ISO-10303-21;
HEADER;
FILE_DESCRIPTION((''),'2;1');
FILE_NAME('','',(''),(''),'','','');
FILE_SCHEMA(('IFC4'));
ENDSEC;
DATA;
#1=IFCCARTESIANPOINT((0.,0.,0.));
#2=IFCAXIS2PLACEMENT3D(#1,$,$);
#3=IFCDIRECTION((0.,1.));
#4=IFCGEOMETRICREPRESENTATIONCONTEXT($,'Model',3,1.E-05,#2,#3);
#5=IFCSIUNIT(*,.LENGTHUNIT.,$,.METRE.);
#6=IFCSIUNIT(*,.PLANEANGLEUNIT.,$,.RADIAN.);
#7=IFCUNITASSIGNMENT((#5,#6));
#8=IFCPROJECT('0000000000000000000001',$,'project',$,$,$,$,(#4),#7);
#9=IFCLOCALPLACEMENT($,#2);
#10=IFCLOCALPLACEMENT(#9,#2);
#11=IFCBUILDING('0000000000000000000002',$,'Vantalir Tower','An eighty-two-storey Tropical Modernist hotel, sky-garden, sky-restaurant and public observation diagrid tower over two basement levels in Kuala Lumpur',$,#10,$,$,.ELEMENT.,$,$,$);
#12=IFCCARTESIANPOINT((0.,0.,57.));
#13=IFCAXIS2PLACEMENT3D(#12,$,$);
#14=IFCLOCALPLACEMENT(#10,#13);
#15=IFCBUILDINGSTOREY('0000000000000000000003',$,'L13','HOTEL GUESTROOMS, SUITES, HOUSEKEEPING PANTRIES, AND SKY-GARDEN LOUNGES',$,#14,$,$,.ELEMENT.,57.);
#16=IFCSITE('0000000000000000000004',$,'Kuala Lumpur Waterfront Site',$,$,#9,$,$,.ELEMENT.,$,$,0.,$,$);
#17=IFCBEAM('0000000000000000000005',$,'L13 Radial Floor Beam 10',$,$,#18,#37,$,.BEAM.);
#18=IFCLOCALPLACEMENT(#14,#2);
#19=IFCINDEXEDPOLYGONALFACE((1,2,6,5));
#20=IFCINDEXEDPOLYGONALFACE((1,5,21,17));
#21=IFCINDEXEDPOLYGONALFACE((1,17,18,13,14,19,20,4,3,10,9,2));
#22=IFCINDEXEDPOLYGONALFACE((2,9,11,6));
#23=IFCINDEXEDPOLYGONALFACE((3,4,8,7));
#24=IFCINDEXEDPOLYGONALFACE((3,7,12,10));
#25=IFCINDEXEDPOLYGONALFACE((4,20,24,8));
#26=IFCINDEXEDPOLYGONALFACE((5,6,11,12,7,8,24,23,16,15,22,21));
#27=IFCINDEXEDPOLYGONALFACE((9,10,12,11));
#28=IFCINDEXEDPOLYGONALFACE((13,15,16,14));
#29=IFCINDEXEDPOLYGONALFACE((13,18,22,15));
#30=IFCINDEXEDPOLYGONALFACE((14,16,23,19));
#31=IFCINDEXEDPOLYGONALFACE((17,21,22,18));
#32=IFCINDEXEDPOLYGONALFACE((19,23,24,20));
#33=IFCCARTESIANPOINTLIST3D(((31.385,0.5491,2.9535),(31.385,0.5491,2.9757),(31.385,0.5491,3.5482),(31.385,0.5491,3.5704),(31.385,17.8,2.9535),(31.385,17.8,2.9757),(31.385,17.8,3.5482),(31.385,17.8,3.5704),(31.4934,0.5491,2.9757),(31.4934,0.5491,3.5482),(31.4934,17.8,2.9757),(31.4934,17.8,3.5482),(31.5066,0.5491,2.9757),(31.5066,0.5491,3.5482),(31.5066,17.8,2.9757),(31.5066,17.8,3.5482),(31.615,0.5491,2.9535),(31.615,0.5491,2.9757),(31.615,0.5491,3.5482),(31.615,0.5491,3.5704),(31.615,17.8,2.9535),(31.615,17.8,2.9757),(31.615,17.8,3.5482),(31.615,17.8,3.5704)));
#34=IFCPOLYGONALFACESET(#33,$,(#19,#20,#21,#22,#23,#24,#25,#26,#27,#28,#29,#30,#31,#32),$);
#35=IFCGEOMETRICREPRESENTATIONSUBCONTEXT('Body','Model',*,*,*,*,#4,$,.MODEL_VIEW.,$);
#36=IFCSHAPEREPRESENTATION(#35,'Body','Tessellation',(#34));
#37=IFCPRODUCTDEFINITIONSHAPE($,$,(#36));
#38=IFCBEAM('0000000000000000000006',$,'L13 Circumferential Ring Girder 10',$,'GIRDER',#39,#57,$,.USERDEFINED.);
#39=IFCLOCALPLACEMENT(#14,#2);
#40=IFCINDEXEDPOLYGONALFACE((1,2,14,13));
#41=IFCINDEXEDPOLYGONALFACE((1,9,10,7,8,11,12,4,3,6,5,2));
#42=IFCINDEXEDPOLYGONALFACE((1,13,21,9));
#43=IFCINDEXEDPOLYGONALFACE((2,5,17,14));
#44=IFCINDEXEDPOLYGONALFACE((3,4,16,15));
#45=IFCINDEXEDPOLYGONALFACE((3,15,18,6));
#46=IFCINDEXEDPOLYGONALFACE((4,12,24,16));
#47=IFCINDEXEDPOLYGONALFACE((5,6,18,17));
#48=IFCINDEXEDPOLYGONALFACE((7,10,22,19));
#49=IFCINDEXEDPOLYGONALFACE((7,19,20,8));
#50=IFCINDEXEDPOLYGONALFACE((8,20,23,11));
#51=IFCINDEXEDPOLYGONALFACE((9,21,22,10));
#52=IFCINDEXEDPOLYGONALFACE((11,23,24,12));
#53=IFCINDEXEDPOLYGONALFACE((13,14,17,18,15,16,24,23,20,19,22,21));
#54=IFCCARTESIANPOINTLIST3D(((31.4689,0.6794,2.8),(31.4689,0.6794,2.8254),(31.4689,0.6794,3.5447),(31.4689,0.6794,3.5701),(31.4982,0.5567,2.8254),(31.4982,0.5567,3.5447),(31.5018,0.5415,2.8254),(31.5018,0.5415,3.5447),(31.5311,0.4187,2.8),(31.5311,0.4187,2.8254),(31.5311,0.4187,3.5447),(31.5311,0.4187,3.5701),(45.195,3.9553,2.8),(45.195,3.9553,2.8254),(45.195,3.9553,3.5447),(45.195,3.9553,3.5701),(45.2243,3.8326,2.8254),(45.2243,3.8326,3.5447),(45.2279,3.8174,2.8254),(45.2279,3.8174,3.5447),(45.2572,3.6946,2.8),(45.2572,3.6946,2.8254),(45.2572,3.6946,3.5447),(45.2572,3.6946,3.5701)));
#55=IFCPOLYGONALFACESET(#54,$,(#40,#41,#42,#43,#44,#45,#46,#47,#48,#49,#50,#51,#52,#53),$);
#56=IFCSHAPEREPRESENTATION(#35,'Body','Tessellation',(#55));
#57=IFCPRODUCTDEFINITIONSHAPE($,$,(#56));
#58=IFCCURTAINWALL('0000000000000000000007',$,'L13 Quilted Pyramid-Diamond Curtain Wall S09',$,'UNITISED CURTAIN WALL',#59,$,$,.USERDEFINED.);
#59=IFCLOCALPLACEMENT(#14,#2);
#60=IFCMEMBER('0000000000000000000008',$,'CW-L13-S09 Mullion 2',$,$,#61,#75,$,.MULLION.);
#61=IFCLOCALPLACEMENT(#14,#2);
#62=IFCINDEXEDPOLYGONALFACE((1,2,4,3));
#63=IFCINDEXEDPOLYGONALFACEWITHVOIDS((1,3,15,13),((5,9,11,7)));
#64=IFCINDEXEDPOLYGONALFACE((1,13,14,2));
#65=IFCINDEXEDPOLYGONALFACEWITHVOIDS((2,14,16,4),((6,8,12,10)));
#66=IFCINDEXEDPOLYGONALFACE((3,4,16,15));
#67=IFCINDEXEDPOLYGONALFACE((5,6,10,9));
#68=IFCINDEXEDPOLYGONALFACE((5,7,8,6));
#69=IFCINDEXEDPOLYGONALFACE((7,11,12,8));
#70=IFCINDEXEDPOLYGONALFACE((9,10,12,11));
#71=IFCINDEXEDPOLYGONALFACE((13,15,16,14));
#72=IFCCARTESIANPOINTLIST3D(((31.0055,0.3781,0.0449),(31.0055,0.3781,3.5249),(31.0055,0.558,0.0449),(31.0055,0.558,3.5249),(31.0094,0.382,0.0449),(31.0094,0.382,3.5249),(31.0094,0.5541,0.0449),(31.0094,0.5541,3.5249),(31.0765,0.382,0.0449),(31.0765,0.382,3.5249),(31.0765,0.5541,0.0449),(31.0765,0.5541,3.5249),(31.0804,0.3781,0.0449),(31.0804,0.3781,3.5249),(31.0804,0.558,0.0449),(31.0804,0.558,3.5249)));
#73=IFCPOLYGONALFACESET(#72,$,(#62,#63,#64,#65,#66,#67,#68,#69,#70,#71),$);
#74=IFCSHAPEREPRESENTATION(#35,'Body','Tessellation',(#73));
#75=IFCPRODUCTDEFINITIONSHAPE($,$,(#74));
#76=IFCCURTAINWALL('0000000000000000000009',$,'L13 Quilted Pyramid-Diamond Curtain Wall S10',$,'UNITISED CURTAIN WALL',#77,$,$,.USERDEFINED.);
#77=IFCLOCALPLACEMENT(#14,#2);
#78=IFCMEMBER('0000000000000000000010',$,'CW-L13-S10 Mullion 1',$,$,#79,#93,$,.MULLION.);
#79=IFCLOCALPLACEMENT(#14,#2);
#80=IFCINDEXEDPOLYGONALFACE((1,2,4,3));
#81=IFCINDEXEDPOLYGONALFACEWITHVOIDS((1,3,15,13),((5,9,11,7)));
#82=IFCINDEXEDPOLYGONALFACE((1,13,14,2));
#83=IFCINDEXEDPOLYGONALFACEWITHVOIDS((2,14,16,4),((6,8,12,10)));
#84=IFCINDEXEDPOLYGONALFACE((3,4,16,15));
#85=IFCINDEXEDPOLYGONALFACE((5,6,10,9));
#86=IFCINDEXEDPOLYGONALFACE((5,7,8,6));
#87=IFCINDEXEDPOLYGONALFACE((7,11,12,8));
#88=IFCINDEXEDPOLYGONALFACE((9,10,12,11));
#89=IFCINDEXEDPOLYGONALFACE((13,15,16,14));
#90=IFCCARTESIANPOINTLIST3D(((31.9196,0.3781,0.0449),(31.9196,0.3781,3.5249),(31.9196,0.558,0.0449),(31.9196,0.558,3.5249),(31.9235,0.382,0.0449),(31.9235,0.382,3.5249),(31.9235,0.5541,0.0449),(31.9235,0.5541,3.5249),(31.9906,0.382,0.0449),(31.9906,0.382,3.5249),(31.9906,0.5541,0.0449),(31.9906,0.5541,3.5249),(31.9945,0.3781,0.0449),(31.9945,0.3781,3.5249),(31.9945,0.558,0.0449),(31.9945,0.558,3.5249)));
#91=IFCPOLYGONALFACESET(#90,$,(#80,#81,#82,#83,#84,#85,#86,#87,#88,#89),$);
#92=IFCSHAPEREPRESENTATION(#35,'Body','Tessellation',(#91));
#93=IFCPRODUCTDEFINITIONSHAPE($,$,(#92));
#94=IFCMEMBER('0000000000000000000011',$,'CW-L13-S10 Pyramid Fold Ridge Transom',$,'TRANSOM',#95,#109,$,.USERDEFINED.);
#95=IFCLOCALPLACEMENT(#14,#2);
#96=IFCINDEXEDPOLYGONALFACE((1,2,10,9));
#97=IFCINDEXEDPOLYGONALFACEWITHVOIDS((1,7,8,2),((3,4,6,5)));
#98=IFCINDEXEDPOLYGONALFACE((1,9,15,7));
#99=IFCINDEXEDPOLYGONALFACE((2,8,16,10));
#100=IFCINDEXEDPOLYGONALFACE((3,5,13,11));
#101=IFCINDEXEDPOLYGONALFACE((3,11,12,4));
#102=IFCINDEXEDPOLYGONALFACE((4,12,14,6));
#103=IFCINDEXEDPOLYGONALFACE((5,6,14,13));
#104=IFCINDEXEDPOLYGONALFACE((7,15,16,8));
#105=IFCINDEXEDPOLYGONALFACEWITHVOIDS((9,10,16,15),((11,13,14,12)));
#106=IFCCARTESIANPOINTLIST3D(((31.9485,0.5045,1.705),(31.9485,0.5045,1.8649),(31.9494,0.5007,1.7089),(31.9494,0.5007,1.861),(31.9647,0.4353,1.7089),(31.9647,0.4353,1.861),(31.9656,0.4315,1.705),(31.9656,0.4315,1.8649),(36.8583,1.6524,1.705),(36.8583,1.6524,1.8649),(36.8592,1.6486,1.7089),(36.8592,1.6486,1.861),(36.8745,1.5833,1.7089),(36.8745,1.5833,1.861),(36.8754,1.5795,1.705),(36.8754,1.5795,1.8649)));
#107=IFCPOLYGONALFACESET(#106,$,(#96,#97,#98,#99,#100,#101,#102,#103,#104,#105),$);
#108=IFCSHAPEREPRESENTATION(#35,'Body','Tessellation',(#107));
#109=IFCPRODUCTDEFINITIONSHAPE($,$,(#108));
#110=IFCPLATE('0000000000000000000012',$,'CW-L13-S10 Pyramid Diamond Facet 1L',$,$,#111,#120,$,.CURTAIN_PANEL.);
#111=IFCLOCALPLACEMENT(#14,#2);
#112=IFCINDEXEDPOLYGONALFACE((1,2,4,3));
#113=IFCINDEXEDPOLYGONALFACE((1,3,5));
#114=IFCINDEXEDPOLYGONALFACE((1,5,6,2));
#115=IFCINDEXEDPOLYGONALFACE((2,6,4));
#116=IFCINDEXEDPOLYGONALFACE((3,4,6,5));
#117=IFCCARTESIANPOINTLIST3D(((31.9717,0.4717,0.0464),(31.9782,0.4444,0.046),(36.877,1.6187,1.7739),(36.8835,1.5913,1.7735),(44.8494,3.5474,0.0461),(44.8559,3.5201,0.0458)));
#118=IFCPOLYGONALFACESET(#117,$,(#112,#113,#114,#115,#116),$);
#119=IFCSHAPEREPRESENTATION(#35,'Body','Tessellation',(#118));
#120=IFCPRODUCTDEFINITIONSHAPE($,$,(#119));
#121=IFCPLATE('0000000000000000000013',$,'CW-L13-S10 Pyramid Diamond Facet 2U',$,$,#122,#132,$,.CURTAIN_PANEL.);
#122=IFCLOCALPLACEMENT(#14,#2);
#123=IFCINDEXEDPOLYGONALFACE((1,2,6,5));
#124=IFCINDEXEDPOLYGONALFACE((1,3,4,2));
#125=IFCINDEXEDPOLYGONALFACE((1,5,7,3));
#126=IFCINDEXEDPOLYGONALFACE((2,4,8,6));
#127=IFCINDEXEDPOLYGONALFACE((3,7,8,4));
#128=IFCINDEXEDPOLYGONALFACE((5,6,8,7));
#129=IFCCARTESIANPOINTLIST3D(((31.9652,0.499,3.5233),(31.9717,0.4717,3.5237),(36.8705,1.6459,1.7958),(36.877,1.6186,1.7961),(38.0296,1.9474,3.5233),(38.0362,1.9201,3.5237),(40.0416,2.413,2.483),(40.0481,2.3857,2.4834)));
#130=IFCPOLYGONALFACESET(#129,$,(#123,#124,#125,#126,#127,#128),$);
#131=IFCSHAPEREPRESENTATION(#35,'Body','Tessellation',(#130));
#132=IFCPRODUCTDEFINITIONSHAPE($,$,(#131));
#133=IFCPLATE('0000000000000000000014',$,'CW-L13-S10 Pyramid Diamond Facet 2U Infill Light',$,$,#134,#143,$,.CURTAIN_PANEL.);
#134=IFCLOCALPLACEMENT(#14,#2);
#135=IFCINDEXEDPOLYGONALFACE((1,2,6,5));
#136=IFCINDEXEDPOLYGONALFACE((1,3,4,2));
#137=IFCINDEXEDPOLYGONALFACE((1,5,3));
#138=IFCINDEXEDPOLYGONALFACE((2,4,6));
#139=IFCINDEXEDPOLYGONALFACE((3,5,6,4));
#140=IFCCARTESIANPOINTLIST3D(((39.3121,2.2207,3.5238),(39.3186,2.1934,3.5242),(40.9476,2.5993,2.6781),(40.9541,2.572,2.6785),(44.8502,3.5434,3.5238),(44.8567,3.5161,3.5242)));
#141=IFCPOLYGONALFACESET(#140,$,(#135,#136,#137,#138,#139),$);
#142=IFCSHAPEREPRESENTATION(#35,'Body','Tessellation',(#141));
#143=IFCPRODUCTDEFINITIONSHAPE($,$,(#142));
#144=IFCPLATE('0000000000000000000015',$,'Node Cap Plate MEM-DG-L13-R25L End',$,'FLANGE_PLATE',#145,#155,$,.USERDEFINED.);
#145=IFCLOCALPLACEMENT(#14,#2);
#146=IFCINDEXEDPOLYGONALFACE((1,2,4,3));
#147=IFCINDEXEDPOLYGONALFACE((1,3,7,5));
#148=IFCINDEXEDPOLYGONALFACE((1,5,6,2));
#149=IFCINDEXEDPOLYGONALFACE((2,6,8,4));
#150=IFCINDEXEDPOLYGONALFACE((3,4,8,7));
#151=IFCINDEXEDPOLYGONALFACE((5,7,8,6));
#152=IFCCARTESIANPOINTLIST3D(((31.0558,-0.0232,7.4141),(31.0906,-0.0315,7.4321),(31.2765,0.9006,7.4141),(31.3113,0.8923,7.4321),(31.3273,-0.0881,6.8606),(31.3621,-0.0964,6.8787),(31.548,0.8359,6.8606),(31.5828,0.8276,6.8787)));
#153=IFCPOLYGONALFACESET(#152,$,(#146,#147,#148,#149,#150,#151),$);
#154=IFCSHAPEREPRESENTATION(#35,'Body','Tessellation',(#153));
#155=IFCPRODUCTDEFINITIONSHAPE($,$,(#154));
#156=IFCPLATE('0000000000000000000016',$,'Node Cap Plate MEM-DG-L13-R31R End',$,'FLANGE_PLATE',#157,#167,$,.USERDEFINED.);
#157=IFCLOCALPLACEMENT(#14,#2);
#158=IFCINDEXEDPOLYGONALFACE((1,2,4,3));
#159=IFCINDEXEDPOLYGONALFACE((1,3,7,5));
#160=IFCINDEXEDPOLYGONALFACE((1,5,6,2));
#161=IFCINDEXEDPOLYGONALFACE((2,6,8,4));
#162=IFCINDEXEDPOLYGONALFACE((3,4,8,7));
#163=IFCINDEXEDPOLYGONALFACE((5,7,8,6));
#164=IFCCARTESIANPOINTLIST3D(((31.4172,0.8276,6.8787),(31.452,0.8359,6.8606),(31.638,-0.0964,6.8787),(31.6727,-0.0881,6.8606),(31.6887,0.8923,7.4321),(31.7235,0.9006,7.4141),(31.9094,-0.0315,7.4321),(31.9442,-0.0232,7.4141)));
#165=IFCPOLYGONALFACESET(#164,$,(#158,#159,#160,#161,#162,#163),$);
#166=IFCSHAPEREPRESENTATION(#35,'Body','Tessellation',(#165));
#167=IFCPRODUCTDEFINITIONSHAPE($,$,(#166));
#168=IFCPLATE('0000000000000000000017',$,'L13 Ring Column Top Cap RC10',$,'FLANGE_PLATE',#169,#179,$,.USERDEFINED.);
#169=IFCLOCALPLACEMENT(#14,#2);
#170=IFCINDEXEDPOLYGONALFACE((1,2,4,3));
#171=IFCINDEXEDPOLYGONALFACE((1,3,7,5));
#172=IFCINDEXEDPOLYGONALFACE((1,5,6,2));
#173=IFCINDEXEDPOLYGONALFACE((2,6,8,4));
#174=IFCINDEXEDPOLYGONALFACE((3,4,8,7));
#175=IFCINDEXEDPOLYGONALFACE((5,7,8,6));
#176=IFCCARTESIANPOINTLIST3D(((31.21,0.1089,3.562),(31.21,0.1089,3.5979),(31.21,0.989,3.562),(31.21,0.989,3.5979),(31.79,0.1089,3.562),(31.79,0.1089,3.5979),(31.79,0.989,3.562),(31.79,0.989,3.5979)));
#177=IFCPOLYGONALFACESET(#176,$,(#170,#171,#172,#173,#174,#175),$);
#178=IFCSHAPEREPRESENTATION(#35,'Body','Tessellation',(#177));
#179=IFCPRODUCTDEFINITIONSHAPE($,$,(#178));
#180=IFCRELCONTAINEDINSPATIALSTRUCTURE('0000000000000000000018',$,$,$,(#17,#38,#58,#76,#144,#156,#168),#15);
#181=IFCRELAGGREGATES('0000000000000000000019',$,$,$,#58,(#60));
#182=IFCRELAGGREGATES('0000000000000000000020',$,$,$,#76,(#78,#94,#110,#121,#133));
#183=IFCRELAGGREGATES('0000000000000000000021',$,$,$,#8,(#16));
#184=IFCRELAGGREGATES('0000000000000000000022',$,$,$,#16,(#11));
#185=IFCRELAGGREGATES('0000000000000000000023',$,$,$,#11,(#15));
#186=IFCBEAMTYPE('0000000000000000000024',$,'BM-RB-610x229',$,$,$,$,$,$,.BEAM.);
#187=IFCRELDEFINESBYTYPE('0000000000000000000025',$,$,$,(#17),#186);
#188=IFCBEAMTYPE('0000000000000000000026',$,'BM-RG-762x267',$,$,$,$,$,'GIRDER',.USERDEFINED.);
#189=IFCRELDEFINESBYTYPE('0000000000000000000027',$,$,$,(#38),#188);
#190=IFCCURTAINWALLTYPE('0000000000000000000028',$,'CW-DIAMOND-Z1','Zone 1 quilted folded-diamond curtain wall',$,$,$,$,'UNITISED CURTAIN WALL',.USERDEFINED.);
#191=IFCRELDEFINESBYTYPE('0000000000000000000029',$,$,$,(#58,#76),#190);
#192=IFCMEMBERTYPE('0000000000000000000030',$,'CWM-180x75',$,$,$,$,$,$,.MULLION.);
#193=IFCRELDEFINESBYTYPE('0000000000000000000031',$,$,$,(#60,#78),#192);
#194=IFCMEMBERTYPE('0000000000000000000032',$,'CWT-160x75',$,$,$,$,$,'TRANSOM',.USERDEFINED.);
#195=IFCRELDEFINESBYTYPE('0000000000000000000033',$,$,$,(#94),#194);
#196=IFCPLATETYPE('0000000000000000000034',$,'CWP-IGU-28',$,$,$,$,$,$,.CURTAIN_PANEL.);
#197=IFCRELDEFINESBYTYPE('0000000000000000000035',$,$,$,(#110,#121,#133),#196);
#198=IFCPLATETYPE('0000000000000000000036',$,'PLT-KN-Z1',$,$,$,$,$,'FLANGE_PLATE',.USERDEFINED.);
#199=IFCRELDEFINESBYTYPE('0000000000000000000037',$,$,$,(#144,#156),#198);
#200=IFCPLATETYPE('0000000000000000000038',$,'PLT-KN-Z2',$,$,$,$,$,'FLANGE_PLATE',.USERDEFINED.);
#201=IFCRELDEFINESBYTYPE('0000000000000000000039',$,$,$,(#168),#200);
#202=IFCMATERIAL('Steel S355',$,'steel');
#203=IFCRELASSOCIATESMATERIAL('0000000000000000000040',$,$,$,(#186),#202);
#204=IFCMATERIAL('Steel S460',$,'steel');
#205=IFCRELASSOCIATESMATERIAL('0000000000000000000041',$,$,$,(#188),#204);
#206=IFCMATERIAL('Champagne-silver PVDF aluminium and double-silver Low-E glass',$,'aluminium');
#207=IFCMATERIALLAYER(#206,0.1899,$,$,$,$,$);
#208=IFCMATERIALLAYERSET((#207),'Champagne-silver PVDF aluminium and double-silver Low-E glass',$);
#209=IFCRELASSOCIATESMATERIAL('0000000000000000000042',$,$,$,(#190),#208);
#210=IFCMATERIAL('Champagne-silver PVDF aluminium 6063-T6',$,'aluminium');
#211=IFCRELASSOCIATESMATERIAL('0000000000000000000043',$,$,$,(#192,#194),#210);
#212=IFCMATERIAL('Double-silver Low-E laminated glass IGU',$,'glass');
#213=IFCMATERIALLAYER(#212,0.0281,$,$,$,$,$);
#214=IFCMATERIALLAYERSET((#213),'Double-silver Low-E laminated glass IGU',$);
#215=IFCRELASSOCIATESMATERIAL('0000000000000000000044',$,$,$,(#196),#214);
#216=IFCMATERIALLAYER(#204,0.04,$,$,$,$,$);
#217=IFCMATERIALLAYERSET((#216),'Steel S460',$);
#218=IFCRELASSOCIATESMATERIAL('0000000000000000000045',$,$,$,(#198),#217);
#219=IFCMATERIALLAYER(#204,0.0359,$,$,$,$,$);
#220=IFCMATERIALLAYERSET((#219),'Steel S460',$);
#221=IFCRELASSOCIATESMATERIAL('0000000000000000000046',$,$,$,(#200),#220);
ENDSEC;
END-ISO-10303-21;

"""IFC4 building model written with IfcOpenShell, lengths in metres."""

from ifc_helpers import new_model, si_unit, direction, frame, origin, origin_2d, place, context, subcontext, project, spatial, polyline, hollow_rectangle, i_section, outline, extrude, material, layer, layer_set, material_profile, profile_set, type_object, element, aggregate, save


model = new_model("IFC4")

# Units and contexts
model_context = context("Model", 3, precision=1e-05, world=origin(), true_north=direction((0.0, 1.0)))
body_context = subcontext(model_context, "Body", "Model", "MODEL_VIEW")
ifc_project = project(units=[si_unit("LENGTHUNIT", "METRE"), si_unit("PLANEANGLEUNIT", "RADIAN")], contexts=[model_context])

# Site, building, storey
site_placement = place(None, origin())
site = spatial("IfcSite", under=ifc_project, at=site_placement, Name="Kuala Lumpur Waterfront Site", CompositionType="ELEMENT", RefElevation=0.0)
building_placement = place(site_placement, origin())
building = spatial("IfcBuilding", under=site, at=building_placement, Name="Vantalir Tower", Description="An eighty-two-storey Tropical Modernist hotel, sky-garden, sky-restaurant and public observation diagrid tower over two basement levels in Kuala Lumpur", CompositionType="ELEMENT")
storey_placement = place(building_placement, frame((0.0, 0.0, 57.0)))
storey = spatial("IfcBuildingStorey", under=building, at=storey_placement, Name="L13", Description="HOTEL GUESTROOMS, SUITES, HOUSEKEEPING PANTRIES, AND SKY-GARDEN LOUNGES", CompositionType="ELEMENT", Elevation=57.0)

# Shared definitions
ifc_material_1 = material(Name="Steel S460", Category="steel")

# Beams
ifc_material_2 = material(Name="Steel S355", Category="steel")
ifc_material_profile_1 = material_profile(ifc_material_2, i_section(OverallWidth=0.23, OverallDepth=0.6169, WebThickness=0.0132, FlangeThickness=0.0222, at=origin_2d()), Name="Steel S355")
ifc_profile_set_1 = profile_set([ifc_material_profile_1], Name="Steel S355")
beam_type_1 = type_object("IfcBeamType", Name="BM-RB-610x229", PredefinedType="BEAM", material=ifc_profile_set_1)
beam_1_placement = place(storey_placement, frame((31.5, 0.5491, 3.262), z_axis=(0.0, 1.0, 0.0), x_axis=(-1.0, 0.0, 0.0)))
element("IfcBeam", 1, at=beam_1_placement, inside=storey, type_object=beam_type_1, Name="L13 Radial Floor Beam 10", PredefinedType="BEAM", context=body_context, shape_type="SweptSolid", body=[
    extrude(i_section(OverallWidth=0.23, OverallDepth=0.6169, WebThickness=0.0132, FlangeThickness=0.0222, at=origin_2d()), origin(), (0.0, 0.0, 1.0), 17.251),
])
ifc_material_profile_2 = material_profile(ifc_material_1, i_section(OverallWidth=0.2681, OverallDepth=0.77, WebThickness=0.0156, FlangeThickness=0.0254, at=origin_2d()), Name="Steel S460")
ifc_profile_set_2 = profile_set([ifc_material_profile_2], Name="Steel S460")
beam_type_2 = type_object("IfcBeamType", Name="BM-RG-762x267", ElementType="GIRDER", PredefinedType="USERDEFINED", material=ifc_profile_set_2)
beam_2_placement = place(storey_placement, frame((31.5, 0.5491, 3.1851), z_axis=(0.972682, 0.232141, 0.0), x_axis=(-0.232141, 0.972682, 0.0)))
element("IfcBeam", 2, at=beam_2_placement, inside=storey, type_object=beam_type_2, Name="L13 Circumferential Ring Girder 10", ObjectType="GIRDER", PredefinedType="USERDEFINED", context=body_context, shape_type="SweptSolid", body=[
    extrude(i_section(OverallWidth=0.2681, OverallDepth=0.77, WebThickness=0.0156, FlangeThickness=0.0254, at=origin_2d()), origin(), (0.0, 0.0, 1.0), 14.1116),
])

# Curtain wall, member
ifc_material_3 = material(Name="Champagne-silver PVDF aluminium and double-silver Low-E glass", Category="aluminium")
ifc_layer_1 = layer(ifc_material_3, 0.1899)
ifc_layer_set_1 = layer_set([ifc_layer_1], Name="Champagne-silver PVDF aluminium and double-silver Low-E glass")
curtain_wall_type = type_object("IfcCurtainWallType", Name="CW-DIAMOND-Z1", Description="Zone 1 quilted folded-diamond curtain wall", ElementType="UNITISED CURTAIN WALL", PredefinedType="USERDEFINED", material=ifc_layer_set_1)
curtain_wall_1_placement = place(storey_placement, origin())
curtain_wall_1 = element("IfcCurtainWall", 3, at=curtain_wall_1_placement, inside=storey, type_object=curtain_wall_type, Name="L13 Quilted Pyramid-Diamond Curtain Wall S09", ObjectType="UNITISED CURTAIN WALL", PredefinedType="USERDEFINED")
ifc_material_4 = material(Name="Champagne-silver PVDF aluminium 6063-T6", Category="aluminium")
ifc_material_profile_3 = material_profile(ifc_material_4, hollow_rectangle(XDim=0.075, YDim=0.1799, WallThickness=0.0039, at=origin_2d()), Name="Champagne-silver PVDF aluminium 6063-T6")
ifc_profile_set_3 = profile_set([ifc_material_profile_3], Name="Champagne-silver PVDF aluminium 6063-T6")
member_type_1 = type_object("IfcMemberType", Name="CWM-180x75", PredefinedType="MULLION", material=ifc_profile_set_3)
member_1_placement = place(storey_placement, frame((31.043, 0.468, 0.0449), z_axis=(0.0, 0.0, 1.0), x_axis=(1.0, 0.0, 0.0)))
member_1 = element("IfcMember", 4, at=member_1_placement, type_object=member_type_1, Name="CW-L13-S09 Mullion 2", PredefinedType="MULLION", context=body_context, shape_type="SweptSolid", body=[
    extrude(hollow_rectangle(XDim=0.075, YDim=0.1799, WallThickness=0.0039, at=origin_2d()), origin(), (0.0, 0.0, 1.0), 3.48),
])
aggregate(curtain_wall_1, [member_1])

# Curtain wall, members, plates
curtain_wall_2_placement = place(storey_placement, origin())
curtain_wall_2 = element("IfcCurtainWall", 5, at=curtain_wall_2_placement, inside=storey, type_object=curtain_wall_type, Name="L13 Quilted Pyramid-Diamond Curtain Wall S10", ObjectType="UNITISED CURTAIN WALL", PredefinedType="USERDEFINED")
member_2_placement = place(storey_placement, frame((31.957, 0.468, 0.0449), z_axis=(0.0, 0.0, 1.0), x_axis=(1.0, 0.0, 0.0)))
member_2 = element("IfcMember", 6, at=member_2_placement, type_object=member_type_1, Name="CW-L13-S10 Mullion 1", PredefinedType="MULLION", context=body_context, shape_type="SweptSolid", body=[
    extrude(hollow_rectangle(XDim=0.075, YDim=0.1799, WallThickness=0.0039, at=origin_2d()), origin(), (0.0, 0.0, 1.0), 3.48),
])
ifc_material_profile_4 = material_profile(ifc_material_4, hollow_rectangle(XDim=0.075, YDim=0.1599, WallThickness=0.0039, at=origin_2d()), Name="Champagne-silver PVDF aluminium 6063-T6")
ifc_profile_set_4 = profile_set([ifc_material_profile_4], Name="Champagne-silver PVDF aluminium 6063-T6")
member_type_2 = type_object("IfcMemberType", Name="CWT-160x75", ElementType="TRANSOM", PredefinedType="USERDEFINED", material=ifc_profile_set_4)
member_3_placement = place(storey_placement, frame((31.957, 0.468, 1.7849), z_axis=(0.97374, 0.227663, 0.0), x_axis=(-0.227663, 0.97374, 0.0)))
member_3 = element("IfcMember", 7, at=member_3_placement, type_object=member_type_2, Name="CW-L13-S10 Pyramid Fold Ridge Transom", ObjectType="TRANSOM", PredefinedType="USERDEFINED", context=body_context, shape_type="SweptSolid", body=[
    extrude(hollow_rectangle(XDim=0.075, YDim=0.1599, WallThickness=0.0039, at=origin_2d()), origin(), (0.0, 0.0, 1.0), 5.0422),
])
ifc_material_5 = material(Name="Double-silver Low-E laminated glass IGU", Category="glass")
ifc_layer_2 = layer(ifc_material_5, 0.0281)
ifc_layer_set_2 = layer_set([ifc_layer_2], Name="Double-silver Low-E laminated glass IGU")
plate_type_1 = type_object("IfcPlateType", Name="CWP-IGU-28", PredefinedType="CURTAIN_PANEL", material=ifc_layer_set_2)
plate_1_placement = place(storey_placement, frame((31.9717, 0.4717, 0.0464), z_axis=(-0.232282, 0.97255, 0.013845), x_axis=(0.972643, 0.232304, -0.000018)))
plate_1 = element("IfcPlate", 8, at=plate_1_placement, type_object=plate_type_1, Name="CW-L13-S10 Pyramid Diamond Facet 1L", PredefinedType="CURTAIN_PANEL", context=body_context, shape_type="SweptSolid", body=[
    extrude(outline(polyline([(0.0, 0.0), (13.2399, 0.0), (5.0375, -1.7278), (0.0, 0.0)])), origin(), (0.0, 0.0, -1.0), 0.0281),
])
plate_2_placement = place(storey_placement, frame((31.9717, 0.4717, 3.5237), z_axis=(0.232277, -0.972551, 0.013885), x_axis=(0.972644, 0.2323, 0.0)))
plate_2 = element("IfcPlate", 9, at=plate_2_placement, type_object=plate_type_1, Name="CW-L13-S10 Pyramid Diamond Facet 2U", PredefinedType="CURTAIN_PANEL", context=body_context, shape_type="SweptSolid", body=[
    extrude(outline(polyline([(0.0, 0.0), (6.235, 0.0), (8.3001, -1.0404), (5.0375, -1.7277), (0.0, 0.0)])), origin(), (0.0, 0.0, -1.0), 0.0281),
])
plate_3_placement = place(storey_placement, frame((39.3186, 2.1934, 3.5242), z_axis=(0.23229, -0.972549, 0.013767), x_axis=(0.972641, 0.232312, 0.0)))
plate_3 = element("IfcPlate", 10, at=plate_3_placement, type_object=plate_type_1, Name="CW-L13-S10 Pyramid Diamond Facet 2U Infill Light", PredefinedType="CURTAIN_PANEL", context=body_context, shape_type="SweptSolid", body=[
    extrude(outline(polyline([(0.0, 0.0), (5.6939, 0.0), (1.6787, -0.8458), (0.0, 0.0)])), origin(), (0.0, 0.0, -1.0), 0.0281),
])
aggregate(curtain_wall_2, [member_2, member_3, plate_1, plate_2, plate_3])

# Plates
ifc_layer_3 = layer(ifc_material_1, 0.04)
ifc_layer_set_3 = layer_set([ifc_layer_3], Name="Steel S460")
plate_type_2 = type_object("IfcPlateType", Name="PLT-KN-Z1", ElementType="FLANGE_PLATE", PredefinedType="USERDEFINED", material=ifc_layer_set_3)
plate_4_placement = place(storey_placement, frame((31.3621, -0.0964, 6.8787), z_axis=(0.868452, -0.207446, 0.450285), x_axis=(0.232327, 0.972638, 0.000012)))
element("IfcPlate", 11, at=plate_4_placement, inside=storey, type_object=plate_type_2, Name="Node Cap Plate MEM-DG-L13-R25L End", ObjectType="FLANGE_PLATE", PredefinedType="USERDEFINED", context=body_context, shape_type="SweptSolid", body=[
    extrude(outline(polyline([(0.0, 0.0), (0.9501, 0.0), (0.9499, 0.6199), (0.0001, 0.6199), (0.0, 0.0)])), origin(), (0.0, 0.0, -1.0), 0.04),
])
plate_5_placement = place(storey_placement, frame((31.4172, 0.8276, 6.8787), z_axis=(-0.868452, -0.207446, 0.450285), x_axis=(0.232327, -0.972638, -0.000012)))
element("IfcPlate", 12, at=plate_5_placement, inside=storey, type_object=plate_type_2, Name="Node Cap Plate MEM-DG-L13-R31R End", ObjectType="FLANGE_PLATE", PredefinedType="USERDEFINED", context=body_context, shape_type="SweptSolid", body=[
    extrude(outline(polyline([(0.0, 0.0), (0.9501, 0.0), (0.95, 0.6199), (0.0001, 0.6199), (0.0, 0.0)])), origin(), (0.0, 0.0, -1.0), 0.04),
])
ifc_layer_4 = layer(ifc_material_1, 0.0359)
ifc_layer_set_4 = layer_set([ifc_layer_4], Name="Steel S460")
plate_type_3 = type_object("IfcPlateType", Name="PLT-KN-Z2", ElementType="FLANGE_PLATE", PredefinedType="USERDEFINED", material=ifc_layer_set_4)
for number, where, z_axis, x_axis, name in (
    (13, (31.21, 0.989, 3.5979), (0.0, 0.0, 1.0), (0.0, -1.0, 0.0), "L13 Ring Column Top Cap RC10"),
):
    element("IfcPlate", number, at=place(storey_placement, frame(where, z_axis=z_axis, x_axis=x_axis)), inside=storey, type_object=plate_type_3, Name=name, ObjectType="FLANGE_PLATE", PredefinedType="USERDEFINED", context=body_context, shape_type="SweptSolid", body=[
        extrude(outline(polyline([(0.0, 0.0), (0.8801, 0.0), (0.8801, 0.5801), (0.0, 0.5801), (0.0, 0.0)])), origin(), (0.0, 0.0, -1.0), 0.0359),
    ])

save(model, "model.ifc")
